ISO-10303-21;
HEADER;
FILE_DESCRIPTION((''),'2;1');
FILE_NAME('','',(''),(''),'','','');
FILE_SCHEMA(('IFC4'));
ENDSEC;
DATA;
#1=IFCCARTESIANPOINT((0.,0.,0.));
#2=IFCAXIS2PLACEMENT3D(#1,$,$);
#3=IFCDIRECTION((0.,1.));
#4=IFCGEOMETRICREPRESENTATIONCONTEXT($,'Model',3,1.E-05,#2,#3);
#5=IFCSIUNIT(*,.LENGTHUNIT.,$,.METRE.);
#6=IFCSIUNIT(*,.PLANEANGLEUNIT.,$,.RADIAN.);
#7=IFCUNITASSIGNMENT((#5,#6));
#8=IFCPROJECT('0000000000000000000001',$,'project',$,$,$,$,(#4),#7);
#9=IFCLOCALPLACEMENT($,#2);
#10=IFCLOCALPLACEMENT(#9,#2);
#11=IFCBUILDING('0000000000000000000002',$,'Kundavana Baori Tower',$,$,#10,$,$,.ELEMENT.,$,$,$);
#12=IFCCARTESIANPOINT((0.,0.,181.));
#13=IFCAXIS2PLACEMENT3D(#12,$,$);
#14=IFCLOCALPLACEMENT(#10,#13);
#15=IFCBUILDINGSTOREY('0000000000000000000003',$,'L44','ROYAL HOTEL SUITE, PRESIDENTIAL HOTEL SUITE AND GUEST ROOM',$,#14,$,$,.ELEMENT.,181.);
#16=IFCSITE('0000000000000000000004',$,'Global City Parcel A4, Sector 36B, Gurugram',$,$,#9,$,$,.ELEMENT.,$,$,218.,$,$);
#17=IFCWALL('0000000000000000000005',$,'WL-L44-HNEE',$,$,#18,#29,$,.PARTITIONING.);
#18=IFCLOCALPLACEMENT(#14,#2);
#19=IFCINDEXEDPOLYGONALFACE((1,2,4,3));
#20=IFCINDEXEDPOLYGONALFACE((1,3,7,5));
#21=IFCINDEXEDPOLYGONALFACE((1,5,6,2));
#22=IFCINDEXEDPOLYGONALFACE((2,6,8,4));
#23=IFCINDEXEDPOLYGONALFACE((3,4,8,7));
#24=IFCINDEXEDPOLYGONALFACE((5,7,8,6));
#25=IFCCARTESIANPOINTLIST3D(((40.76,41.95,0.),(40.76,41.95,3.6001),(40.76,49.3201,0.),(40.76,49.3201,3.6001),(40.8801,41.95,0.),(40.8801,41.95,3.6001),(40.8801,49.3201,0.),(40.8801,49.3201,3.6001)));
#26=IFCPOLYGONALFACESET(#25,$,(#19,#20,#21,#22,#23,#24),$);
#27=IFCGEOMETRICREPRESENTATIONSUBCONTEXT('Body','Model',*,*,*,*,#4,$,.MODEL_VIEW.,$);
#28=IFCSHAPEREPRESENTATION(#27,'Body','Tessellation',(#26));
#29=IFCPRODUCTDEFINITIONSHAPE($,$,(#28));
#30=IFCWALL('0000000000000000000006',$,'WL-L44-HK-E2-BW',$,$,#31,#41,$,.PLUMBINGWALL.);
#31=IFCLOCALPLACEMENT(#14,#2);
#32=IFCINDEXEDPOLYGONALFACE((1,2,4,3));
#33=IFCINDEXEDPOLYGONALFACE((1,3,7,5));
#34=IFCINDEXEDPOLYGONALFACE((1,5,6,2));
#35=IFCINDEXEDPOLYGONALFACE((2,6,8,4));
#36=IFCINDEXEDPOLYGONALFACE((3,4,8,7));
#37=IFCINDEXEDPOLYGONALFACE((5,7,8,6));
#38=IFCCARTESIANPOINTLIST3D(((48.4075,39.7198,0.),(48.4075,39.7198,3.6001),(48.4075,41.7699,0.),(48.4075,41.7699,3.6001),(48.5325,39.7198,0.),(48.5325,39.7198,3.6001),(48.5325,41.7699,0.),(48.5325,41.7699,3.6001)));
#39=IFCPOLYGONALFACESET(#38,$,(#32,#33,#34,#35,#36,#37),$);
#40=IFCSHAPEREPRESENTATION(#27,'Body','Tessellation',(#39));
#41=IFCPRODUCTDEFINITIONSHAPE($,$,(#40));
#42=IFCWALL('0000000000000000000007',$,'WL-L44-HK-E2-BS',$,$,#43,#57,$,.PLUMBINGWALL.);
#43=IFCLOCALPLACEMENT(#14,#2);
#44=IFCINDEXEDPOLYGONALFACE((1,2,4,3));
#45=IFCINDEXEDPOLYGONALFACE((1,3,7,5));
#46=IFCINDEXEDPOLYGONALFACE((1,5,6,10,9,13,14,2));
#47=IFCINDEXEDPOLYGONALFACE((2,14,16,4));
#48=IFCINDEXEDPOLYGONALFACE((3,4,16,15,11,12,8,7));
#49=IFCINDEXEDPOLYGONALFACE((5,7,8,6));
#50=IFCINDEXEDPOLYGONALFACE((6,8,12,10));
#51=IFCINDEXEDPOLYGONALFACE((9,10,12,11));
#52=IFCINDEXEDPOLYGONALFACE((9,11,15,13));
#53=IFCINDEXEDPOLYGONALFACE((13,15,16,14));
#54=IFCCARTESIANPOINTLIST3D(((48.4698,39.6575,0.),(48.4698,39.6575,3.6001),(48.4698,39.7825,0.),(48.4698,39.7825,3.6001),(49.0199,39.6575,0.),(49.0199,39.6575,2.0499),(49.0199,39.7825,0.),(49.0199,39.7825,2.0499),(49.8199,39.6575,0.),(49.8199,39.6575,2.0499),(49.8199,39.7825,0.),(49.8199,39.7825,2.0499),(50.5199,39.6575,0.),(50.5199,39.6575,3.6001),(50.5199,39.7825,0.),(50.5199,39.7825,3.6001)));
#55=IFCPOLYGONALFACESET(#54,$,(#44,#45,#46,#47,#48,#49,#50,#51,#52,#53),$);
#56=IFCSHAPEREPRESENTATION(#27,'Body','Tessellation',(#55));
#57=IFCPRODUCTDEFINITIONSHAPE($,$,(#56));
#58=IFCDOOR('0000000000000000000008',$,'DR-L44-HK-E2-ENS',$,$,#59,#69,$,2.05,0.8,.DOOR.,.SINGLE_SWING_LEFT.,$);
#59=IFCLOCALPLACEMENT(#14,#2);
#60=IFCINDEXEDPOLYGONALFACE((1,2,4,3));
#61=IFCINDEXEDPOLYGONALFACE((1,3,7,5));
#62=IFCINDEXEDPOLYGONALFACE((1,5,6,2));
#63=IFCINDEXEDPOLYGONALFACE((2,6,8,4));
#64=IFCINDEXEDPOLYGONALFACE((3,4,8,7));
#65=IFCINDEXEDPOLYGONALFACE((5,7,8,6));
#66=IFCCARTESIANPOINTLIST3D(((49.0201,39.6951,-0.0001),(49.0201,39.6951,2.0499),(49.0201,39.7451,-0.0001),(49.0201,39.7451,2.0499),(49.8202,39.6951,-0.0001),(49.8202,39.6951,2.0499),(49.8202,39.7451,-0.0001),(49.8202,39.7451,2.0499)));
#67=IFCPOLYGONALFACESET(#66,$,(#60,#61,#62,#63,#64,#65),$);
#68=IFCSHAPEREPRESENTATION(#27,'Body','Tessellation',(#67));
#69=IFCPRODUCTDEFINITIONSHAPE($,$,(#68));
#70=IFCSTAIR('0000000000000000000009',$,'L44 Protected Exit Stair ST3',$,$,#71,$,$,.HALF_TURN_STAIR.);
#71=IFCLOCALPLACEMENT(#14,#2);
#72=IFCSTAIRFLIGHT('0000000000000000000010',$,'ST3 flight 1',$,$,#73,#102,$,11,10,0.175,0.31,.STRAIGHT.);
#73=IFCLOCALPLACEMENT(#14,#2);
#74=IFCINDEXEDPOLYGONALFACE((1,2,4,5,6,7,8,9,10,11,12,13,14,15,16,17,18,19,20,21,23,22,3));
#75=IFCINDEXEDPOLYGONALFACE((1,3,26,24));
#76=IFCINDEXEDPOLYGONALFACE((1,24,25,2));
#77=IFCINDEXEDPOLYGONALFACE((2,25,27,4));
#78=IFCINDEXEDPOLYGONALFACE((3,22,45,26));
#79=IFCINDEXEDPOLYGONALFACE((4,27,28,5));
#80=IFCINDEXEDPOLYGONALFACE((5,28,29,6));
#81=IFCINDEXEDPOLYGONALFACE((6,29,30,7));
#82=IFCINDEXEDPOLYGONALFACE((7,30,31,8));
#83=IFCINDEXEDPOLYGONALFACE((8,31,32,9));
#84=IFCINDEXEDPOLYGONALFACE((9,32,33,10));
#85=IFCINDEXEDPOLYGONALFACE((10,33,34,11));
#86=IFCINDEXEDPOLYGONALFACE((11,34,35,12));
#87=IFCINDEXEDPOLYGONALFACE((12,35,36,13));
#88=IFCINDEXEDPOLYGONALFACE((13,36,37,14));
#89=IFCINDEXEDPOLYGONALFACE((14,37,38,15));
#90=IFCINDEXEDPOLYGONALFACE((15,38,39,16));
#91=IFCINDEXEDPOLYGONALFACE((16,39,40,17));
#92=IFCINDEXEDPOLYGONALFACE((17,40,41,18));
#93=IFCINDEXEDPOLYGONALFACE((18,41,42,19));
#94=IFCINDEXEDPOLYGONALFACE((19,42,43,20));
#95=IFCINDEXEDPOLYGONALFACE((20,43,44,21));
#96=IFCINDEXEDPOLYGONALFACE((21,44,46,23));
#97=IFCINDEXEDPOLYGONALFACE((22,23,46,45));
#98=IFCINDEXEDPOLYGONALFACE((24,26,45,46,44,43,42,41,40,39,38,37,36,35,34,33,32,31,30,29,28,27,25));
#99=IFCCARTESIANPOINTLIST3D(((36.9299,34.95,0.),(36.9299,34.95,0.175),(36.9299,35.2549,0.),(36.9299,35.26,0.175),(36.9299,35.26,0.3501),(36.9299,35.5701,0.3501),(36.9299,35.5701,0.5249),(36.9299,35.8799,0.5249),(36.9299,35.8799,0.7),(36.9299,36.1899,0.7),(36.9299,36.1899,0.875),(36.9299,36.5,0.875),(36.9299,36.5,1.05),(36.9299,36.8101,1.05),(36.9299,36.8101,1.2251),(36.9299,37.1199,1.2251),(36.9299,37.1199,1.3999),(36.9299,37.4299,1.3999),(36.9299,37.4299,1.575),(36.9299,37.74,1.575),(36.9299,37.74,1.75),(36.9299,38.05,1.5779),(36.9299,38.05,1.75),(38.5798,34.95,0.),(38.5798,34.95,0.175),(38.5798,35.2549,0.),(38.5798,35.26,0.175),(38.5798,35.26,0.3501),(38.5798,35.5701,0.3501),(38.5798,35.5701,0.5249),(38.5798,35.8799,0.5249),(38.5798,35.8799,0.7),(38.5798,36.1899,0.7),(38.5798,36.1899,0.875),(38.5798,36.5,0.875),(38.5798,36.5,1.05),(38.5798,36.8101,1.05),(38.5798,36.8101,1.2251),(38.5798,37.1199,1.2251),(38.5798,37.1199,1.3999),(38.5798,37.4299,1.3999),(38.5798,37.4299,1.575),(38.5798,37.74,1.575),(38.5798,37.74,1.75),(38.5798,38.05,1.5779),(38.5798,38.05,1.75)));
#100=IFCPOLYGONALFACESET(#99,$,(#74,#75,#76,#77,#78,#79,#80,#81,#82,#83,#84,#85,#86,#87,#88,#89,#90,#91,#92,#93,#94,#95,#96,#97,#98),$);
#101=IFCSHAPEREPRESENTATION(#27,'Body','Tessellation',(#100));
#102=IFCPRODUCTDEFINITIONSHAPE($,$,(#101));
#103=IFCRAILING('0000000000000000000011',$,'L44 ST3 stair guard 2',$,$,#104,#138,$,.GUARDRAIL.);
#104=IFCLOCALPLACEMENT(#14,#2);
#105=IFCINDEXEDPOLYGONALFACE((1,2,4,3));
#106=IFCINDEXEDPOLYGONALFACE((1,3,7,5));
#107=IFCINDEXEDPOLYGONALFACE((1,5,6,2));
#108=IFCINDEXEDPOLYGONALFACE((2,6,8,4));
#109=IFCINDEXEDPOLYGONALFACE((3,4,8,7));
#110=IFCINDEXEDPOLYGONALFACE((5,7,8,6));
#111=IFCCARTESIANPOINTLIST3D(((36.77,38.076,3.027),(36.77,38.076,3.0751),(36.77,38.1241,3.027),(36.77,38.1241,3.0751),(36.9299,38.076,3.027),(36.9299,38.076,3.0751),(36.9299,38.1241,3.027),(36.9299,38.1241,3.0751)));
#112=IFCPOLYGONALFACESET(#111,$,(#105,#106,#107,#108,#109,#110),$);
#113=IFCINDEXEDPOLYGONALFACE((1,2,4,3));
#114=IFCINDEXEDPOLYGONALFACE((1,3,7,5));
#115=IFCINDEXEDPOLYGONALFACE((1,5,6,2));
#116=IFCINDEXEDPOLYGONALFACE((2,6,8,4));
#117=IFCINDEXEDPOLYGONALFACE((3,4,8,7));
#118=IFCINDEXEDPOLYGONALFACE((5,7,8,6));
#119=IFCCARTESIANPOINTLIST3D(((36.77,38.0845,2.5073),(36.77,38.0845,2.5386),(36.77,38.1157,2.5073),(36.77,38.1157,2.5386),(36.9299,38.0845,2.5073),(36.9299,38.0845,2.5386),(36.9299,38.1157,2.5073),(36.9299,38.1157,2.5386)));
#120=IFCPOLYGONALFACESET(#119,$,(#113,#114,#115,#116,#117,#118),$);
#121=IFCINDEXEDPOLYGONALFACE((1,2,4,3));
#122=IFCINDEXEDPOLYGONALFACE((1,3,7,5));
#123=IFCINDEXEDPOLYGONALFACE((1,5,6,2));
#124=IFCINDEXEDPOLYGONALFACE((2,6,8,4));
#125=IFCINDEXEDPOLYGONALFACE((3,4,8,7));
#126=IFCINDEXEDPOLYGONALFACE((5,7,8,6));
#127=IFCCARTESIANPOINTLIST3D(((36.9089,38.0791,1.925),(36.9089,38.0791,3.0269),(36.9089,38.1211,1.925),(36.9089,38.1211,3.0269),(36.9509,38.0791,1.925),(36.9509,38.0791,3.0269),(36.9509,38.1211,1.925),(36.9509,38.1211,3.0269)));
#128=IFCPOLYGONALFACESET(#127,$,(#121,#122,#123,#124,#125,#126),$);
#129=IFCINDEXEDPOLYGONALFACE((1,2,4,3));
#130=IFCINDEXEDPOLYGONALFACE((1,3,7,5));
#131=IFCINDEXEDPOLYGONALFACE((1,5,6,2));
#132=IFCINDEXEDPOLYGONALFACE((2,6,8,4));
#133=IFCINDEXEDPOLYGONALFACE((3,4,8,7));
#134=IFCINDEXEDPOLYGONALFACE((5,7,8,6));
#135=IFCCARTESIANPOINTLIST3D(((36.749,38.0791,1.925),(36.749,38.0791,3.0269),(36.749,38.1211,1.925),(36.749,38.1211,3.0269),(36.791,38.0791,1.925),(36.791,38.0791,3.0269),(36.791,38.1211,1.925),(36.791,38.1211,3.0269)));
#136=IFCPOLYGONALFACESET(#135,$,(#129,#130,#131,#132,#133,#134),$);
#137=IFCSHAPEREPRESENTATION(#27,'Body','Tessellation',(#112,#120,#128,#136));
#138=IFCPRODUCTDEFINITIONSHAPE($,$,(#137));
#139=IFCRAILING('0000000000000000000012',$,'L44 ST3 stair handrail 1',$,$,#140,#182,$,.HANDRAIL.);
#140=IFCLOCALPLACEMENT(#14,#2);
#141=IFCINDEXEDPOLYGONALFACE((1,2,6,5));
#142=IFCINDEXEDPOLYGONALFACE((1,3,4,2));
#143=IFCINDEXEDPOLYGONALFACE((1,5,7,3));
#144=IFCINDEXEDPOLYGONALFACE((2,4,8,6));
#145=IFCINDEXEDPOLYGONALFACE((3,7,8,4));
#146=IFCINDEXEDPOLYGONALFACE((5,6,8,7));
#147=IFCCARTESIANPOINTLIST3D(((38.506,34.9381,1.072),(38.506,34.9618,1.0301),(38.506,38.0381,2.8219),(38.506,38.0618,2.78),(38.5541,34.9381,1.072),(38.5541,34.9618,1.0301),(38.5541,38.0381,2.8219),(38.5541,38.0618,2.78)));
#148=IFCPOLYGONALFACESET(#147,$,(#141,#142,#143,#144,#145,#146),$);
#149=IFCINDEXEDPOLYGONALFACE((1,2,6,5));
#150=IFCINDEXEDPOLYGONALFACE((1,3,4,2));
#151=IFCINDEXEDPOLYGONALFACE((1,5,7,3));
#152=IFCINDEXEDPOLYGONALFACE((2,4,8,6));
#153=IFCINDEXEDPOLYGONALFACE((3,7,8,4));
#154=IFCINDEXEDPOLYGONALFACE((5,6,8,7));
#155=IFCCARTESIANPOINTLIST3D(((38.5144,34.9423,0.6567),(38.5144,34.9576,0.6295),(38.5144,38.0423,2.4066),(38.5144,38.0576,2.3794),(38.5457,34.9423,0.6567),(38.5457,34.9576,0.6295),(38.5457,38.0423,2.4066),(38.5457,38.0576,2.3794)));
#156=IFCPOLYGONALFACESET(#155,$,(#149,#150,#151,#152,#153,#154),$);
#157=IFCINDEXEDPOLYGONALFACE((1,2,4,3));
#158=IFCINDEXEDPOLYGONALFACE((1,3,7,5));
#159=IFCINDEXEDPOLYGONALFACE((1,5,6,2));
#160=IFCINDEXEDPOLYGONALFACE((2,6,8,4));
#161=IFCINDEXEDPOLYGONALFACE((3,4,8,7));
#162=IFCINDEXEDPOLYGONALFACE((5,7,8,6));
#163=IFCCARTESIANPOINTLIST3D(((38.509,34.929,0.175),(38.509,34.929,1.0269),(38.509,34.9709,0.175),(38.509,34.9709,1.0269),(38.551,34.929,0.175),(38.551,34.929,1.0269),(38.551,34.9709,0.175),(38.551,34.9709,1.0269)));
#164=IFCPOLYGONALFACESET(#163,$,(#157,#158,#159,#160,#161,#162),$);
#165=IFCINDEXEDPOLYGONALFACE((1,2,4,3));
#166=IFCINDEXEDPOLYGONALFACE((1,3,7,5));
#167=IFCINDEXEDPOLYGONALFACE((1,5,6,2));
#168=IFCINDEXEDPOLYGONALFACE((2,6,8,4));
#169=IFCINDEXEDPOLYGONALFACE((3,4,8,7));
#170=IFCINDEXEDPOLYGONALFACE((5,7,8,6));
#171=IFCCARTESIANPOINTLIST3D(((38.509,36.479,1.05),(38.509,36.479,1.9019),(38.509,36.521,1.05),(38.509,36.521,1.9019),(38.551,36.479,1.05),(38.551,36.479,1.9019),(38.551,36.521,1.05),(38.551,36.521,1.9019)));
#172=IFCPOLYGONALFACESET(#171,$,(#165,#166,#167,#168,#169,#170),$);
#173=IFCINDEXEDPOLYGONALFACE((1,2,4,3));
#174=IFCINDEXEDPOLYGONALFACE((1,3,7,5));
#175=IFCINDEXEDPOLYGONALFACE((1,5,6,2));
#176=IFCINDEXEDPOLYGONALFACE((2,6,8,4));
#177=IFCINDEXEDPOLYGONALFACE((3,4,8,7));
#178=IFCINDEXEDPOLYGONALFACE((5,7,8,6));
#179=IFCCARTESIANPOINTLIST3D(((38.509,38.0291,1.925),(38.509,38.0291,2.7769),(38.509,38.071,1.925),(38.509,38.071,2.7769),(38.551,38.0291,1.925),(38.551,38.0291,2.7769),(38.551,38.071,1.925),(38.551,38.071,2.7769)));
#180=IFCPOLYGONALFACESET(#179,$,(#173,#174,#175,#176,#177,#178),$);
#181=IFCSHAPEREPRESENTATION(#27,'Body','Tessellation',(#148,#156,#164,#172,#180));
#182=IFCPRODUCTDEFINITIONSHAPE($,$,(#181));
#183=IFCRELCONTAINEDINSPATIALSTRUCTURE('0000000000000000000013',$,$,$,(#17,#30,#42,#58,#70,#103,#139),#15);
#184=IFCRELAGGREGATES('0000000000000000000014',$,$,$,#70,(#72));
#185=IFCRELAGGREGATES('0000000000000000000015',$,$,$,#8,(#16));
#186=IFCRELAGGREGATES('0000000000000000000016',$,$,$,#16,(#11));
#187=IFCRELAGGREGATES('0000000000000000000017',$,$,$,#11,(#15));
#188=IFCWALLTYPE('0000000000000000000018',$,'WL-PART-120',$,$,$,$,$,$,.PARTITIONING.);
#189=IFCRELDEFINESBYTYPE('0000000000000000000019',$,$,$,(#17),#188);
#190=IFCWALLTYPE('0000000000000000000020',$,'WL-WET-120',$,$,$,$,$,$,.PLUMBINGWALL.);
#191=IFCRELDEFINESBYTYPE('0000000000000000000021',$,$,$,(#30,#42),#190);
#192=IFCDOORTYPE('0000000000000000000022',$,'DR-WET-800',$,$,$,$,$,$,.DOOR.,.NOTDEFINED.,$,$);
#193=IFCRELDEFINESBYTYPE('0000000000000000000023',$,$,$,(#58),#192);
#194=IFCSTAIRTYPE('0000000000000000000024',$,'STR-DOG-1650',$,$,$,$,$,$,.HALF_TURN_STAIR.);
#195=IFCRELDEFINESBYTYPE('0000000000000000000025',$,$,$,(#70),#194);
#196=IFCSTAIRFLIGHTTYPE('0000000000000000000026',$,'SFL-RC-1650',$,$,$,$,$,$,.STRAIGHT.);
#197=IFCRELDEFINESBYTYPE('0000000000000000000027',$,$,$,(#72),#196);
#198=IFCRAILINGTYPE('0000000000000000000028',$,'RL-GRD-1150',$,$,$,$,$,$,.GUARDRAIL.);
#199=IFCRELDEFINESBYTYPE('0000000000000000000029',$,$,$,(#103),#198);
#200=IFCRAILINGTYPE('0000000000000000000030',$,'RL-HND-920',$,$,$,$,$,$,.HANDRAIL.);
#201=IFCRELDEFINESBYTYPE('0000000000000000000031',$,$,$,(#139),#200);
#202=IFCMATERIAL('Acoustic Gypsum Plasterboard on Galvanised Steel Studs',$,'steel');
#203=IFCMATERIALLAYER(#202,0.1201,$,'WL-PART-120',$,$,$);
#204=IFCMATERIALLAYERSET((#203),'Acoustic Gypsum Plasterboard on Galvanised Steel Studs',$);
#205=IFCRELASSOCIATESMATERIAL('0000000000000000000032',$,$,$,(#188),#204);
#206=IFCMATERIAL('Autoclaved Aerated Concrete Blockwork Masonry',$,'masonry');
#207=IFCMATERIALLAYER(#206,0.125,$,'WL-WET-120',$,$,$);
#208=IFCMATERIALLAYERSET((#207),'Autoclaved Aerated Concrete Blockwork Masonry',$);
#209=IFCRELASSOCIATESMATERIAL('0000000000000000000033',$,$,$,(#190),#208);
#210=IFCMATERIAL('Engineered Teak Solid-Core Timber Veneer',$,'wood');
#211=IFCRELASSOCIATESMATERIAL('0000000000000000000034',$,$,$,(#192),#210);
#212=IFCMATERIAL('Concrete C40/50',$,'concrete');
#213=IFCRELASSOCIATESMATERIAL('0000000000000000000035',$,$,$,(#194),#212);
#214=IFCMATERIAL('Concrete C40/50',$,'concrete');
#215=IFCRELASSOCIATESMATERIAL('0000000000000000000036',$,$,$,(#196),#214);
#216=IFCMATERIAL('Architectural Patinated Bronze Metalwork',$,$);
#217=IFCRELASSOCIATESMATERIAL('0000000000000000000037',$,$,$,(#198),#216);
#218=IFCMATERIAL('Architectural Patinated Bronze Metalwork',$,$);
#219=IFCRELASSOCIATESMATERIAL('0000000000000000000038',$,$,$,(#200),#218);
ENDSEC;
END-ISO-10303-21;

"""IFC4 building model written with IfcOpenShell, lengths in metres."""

from ifc_helpers import new_model, si_unit, direction, frame, frame_2d, origin, origin_2d, place, context, subcontext, project, spatial, polyline, rectangle, outline, extrude, material, layer, layer_set, type_object, element, fill, aggregate, save


model = new_model("IFC4")

# Units and contexts
model_context = context("Model", 3, precision=1e-05, world=origin(), true_north=direction((0.0, 1.0)))
body_context = subcontext(model_context, "Body", "Model", "MODEL_VIEW")
ifc_project = project(units=[si_unit("LENGTHUNIT", "METRE"), si_unit("PLANEANGLEUNIT", "RADIAN")], contexts=[model_context])

# Site, building, storey
site_placement = place(None, origin())
site = spatial("IfcSite", under=ifc_project, at=site_placement, Name="Global City Parcel A4, Sector 36B, Gurugram", CompositionType="ELEMENT", RefElevation=218.0)
building_placement = place(site_placement, origin())
building = spatial("IfcBuilding", under=site, at=building_placement, Name="Kundavana Baori Tower", CompositionType="ELEMENT")
storey_placement = place(building_placement, frame((0.0, 0.0, 181.0)))
storey = spatial("IfcBuildingStorey", under=building, at=storey_placement, Name="L44", Description="ROYAL HOTEL SUITE, PRESIDENTIAL HOTEL SUITE AND GUEST ROOM", CompositionType="ELEMENT", Elevation=181.0)

# Walls
ifc_material_1 = material(Name="Acoustic Gypsum Plasterboard on Galvanised Steel Studs", Category="steel")
ifc_layer_1 = layer(ifc_material_1, 0.1201, Name="WL-PART-120")
ifc_layer_set_1 = layer_set([ifc_layer_1], Name="Acoustic Gypsum Plasterboard on Galvanised Steel Studs")
wall_type_1 = type_object("IfcWallType", Name="WL-PART-120", PredefinedType="PARTITIONING", material=ifc_layer_set_1)
wall_1_placement = place(storey_placement, frame((40.8201, 41.95, 0.0), z_axis=(0.0, 0.0, 1.0), x_axis=(0.0, 1.0, 0.0)))
element("IfcWall", 1, at=wall_1_placement, inside=storey, type_object=wall_type_1, Name="WL-L44-HNEE", PredefinedType="PARTITIONING", context=body_context, shape_type="SweptSolid", body=[
    extrude(rectangle(XDim=7.3701, YDim=0.1201, at=frame_2d((3.6851, 0.0))), origin(), (0.0, 0.0, 1.0), 3.6001),
])
ifc_material_2 = material(Name="Autoclaved Aerated Concrete Blockwork Masonry", Category="masonry")
ifc_layer_2 = layer(ifc_material_2, 0.125, Name="WL-WET-120")
ifc_layer_set_2 = layer_set([ifc_layer_2], Name="Autoclaved Aerated Concrete Blockwork Masonry")
wall_type_2 = type_object("IfcWallType", Name="WL-WET-120", PredefinedType="PLUMBINGWALL", material=ifc_layer_set_2)
wall_2_placement = place(storey_placement, frame((48.47, 39.72, 0.0), z_axis=(0.0, 0.0, 1.0), x_axis=(0.0, 1.0, 0.0)))
element("IfcWall", 2, at=wall_2_placement, inside=storey, type_object=wall_type_2, Name="WL-L44-HK-E2-BW", PredefinedType="PLUMBINGWALL", context=body_context, shape_type="SweptSolid", body=[
    extrude(rectangle(XDim=2.05, YDim=0.125, at=frame_2d((1.0249, 0.0))), origin(), (0.0, 0.0, 1.0), 3.6001),
])

# Wall, opening, door
wall_3_placement = place(storey_placement, frame((48.47, 39.72, 0.0), z_axis=(0.0, 0.0, 1.0), x_axis=(1.0, 0.0, 0.0)))
wall_3 = element("IfcWall", 3, at=wall_3_placement, inside=storey, type_object=wall_type_2, Name="WL-L44-HK-E2-BS", PredefinedType="PLUMBINGWALL", context=body_context, shape_type="SweptSolid", body=[
    extrude(rectangle(XDim=2.05, YDim=0.125, at=frame_2d((1.0249, 0.0))), origin(), (0.0, 0.0, 1.0), 3.6001),
])
opening_1_placement = place(wall_3_placement, frame((0.55, 0.0, 0.0)))
opening_1 = element("IfcOpeningElement", 4, at=opening_1_placement, cuts=wall_3, PredefinedType="OPENING", context=body_context, shape_type="SweptSolid", body=[
    extrude(rectangle(XDim=0.8, YDim=2.05, at=frame_2d((0.3999, 1.0249))), frame((0.0, 0.0725, 0.0), z_axis=(0.0, -1.0, 0.0), x_axis=(1.0, 0.0, 0.0)), (0.0, 0.0, 1.0), 0.145),
])
ifc_material_3 = material(Name="Engineered Teak Solid-Core Timber Veneer", Category="wood")
door_type_1 = type_object("IfcDoorType", Name="DR-WET-800", OperationType="NOTDEFINED", PredefinedType="DOOR", material=ifc_material_3)
door_1_placement = place(opening_1_placement, frame((0.8, 0.0, 0.0), z_axis=(0.0, 0.0, 1.0), x_axis=(-1.0, 0.0, 0.0)))
door_1 = element("IfcDoor", 5, at=door_1_placement, inside=storey, type_object=door_type_1, Name="DR-L44-HK-E2-ENS", OperationType="SINGLE_SWING_LEFT", OverallHeight=2.05, OverallWidth=0.8, PredefinedType="DOOR", context=body_context, shape_type="SweptSolid", body=[
    extrude(rectangle(XDim=0.8, YDim=2.05, at=frame_2d((0.3999, 1.0249))), frame((0.0, 0.0249, 0.0), z_axis=(0.0, -1.0, 0.0), x_axis=(1.0, 0.0, 0.0)), (0.0, 0.0, 1.0), 0.05),
])
fill(opening_1, door_1)

# Stair, stair flight
ifc_material_4 = material(Name="Concrete C40/50", Category="concrete")
stair_type = type_object("IfcStairType", Name="STR-DOG-1650", PredefinedType="HALF_TURN_STAIR", material=ifc_material_4)
stair_placement = place(storey_placement, origin())
stair = element("IfcStair", 6, at=stair_placement, inside=storey, type_object=stair_type, Name="L44 Protected Exit Stair ST3", PredefinedType="HALF_TURN_STAIR")
ifc_material_5 = material(Name="Concrete C40/50", Category="concrete")
stair_flight_type = type_object("IfcStairFlightType", Name="SFL-RC-1650", PredefinedType="STRAIGHT", material=ifc_material_5)
stair_flight_placement = place(storey_placement, frame((37.7549, 34.95, 0.0), z_axis=(0.0, 0.0, 1.0), x_axis=(0.0, 1.0, 0.0)))
stair_flight = element("IfcStairFlight", 7, at=stair_flight_placement, type_object=stair_flight_type, Name="ST3 flight 1", NumberOfRisers=11, NumberOfTreads=10, PredefinedType="STRAIGHT", RiserHeight=0.175, TreadLength=0.31, context=body_context, shape_type="SweptSolid", body=[
    extrude(outline(polyline([(0.0, 0.0), (0.0, 0.175), (0.3101, 0.175), (0.3101, 0.3501), (0.6201, 0.3501), (0.6201, 0.5249), (0.9299, 0.5249), (0.9299, 0.7), (1.24, 0.7), (1.24, 0.875), (1.55, 0.875), (1.55, 1.05), (1.8601, 1.05), (1.8601, 1.2251), (2.1699, 1.2251), (2.1699, 1.3999), (2.48, 1.3999), (2.48, 1.575), (2.79, 1.575), (2.79, 1.75), (3.1001, 1.75), (3.1001, 1.925), (3.1001, 1.5779), (0.3049, 0.0), (0.0, 0.0)])), frame((0.0, 0.825, 0.0), z_axis=(0.0, -1.0, 0.0), x_axis=(1.0, 0.0, 0.0)), (0.0, 0.0, 1.0), 1.6499),
])
aggregate(stair, [stair_flight])

# Railings
ifc_material_6 = material(Name="Architectural Patinated Bronze Metalwork")
railing_type_1 = type_object("IfcRailingType", Name="RL-GRD-1150", PredefinedType="GUARDRAIL", material=ifc_material_6)
railing_1_placement = place(storey_placement, frame((36.9299, 38.1001, 1.925)))
element("IfcRailing", 8, at=railing_1_placement, inside=storey, type_object=railing_type_1, Name="L44 ST3 stair guard 2", PredefinedType="GUARDRAIL", context=body_context, shape_type="SweptSolid", body=[
    extrude(rectangle(XDim=0.0481, YDim=0.0481, at=origin_2d()), frame((0.0, 0.0, 1.126), z_axis=(-1.0, 0.0, 0.0), x_axis=(0.0, -1.0, 0.0)), (0.0, 0.0, 1.0), 0.1599),
    extrude(rectangle(XDim=0.0312, YDim=0.0312, at=origin_2d()), frame((0.0, 0.0, 0.5979), z_axis=(-1.0, 0.0, 0.0), x_axis=(0.0, -1.0, 0.0)), (0.0, 0.0, 1.0), 0.1599),
    extrude(rectangle(XDim=0.042, YDim=0.042, at=origin_2d()), origin(), (0.0, 0.0, 1.0), 1.1018),
    extrude(rectangle(XDim=0.042, YDim=0.042, at=origin_2d()), frame((-0.1599, 0.0, 0.0)), (0.0, 0.0, 1.0), 1.1018),
])
ifc_material_7 = material(Name="Architectural Patinated Bronze Metalwork")
railing_type_2 = type_object("IfcRailingType", Name="RL-HND-920", PredefinedType="HANDRAIL", material=ifc_material_7)
railing_2_placement = place(storey_placement, frame((38.53, 34.95, 0.175)))
element("IfcRailing", 9, at=railing_2_placement, inside=storey, type_object=railing_type_2, Name="L44 ST3 stair handrail 1", PredefinedType="HANDRAIL", context=body_context, shape_type="SweptSolid", body=[
    extrude(rectangle(XDim=0.0481, YDim=0.0481, at=origin_2d()), frame((0.0, 0.0, 0.876), z_axis=(0.0, 0.870831, 0.491583), x_axis=(-1.0, 0.0, 0.0)), (0.0, 0.0, 1.0), 3.5598),
    extrude(rectangle(XDim=0.0312, YDim=0.0312, at=origin_2d()), frame((0.0, 0.0, 0.468), z_axis=(0.0, 0.870831, 0.491583), x_axis=(-1.0, 0.0, 0.0)), (0.0, 0.0, 1.0), 3.5598),
    extrude(rectangle(XDim=0.042, YDim=0.042, at=origin_2d()), origin(), (0.0, 0.0, 1.0), 0.8518),
    extrude(rectangle(XDim=0.042, YDim=0.042, at=origin_2d()), frame((0.0, 1.55, 0.875)), (0.0, 0.0, 1.0), 0.8518),
    extrude(rectangle(XDim=0.042, YDim=0.042, at=origin_2d()), frame((0.0, 3.1001, 1.75)), (0.0, 0.0, 1.0), 0.8518),
])

save(model, "model.ifc")
